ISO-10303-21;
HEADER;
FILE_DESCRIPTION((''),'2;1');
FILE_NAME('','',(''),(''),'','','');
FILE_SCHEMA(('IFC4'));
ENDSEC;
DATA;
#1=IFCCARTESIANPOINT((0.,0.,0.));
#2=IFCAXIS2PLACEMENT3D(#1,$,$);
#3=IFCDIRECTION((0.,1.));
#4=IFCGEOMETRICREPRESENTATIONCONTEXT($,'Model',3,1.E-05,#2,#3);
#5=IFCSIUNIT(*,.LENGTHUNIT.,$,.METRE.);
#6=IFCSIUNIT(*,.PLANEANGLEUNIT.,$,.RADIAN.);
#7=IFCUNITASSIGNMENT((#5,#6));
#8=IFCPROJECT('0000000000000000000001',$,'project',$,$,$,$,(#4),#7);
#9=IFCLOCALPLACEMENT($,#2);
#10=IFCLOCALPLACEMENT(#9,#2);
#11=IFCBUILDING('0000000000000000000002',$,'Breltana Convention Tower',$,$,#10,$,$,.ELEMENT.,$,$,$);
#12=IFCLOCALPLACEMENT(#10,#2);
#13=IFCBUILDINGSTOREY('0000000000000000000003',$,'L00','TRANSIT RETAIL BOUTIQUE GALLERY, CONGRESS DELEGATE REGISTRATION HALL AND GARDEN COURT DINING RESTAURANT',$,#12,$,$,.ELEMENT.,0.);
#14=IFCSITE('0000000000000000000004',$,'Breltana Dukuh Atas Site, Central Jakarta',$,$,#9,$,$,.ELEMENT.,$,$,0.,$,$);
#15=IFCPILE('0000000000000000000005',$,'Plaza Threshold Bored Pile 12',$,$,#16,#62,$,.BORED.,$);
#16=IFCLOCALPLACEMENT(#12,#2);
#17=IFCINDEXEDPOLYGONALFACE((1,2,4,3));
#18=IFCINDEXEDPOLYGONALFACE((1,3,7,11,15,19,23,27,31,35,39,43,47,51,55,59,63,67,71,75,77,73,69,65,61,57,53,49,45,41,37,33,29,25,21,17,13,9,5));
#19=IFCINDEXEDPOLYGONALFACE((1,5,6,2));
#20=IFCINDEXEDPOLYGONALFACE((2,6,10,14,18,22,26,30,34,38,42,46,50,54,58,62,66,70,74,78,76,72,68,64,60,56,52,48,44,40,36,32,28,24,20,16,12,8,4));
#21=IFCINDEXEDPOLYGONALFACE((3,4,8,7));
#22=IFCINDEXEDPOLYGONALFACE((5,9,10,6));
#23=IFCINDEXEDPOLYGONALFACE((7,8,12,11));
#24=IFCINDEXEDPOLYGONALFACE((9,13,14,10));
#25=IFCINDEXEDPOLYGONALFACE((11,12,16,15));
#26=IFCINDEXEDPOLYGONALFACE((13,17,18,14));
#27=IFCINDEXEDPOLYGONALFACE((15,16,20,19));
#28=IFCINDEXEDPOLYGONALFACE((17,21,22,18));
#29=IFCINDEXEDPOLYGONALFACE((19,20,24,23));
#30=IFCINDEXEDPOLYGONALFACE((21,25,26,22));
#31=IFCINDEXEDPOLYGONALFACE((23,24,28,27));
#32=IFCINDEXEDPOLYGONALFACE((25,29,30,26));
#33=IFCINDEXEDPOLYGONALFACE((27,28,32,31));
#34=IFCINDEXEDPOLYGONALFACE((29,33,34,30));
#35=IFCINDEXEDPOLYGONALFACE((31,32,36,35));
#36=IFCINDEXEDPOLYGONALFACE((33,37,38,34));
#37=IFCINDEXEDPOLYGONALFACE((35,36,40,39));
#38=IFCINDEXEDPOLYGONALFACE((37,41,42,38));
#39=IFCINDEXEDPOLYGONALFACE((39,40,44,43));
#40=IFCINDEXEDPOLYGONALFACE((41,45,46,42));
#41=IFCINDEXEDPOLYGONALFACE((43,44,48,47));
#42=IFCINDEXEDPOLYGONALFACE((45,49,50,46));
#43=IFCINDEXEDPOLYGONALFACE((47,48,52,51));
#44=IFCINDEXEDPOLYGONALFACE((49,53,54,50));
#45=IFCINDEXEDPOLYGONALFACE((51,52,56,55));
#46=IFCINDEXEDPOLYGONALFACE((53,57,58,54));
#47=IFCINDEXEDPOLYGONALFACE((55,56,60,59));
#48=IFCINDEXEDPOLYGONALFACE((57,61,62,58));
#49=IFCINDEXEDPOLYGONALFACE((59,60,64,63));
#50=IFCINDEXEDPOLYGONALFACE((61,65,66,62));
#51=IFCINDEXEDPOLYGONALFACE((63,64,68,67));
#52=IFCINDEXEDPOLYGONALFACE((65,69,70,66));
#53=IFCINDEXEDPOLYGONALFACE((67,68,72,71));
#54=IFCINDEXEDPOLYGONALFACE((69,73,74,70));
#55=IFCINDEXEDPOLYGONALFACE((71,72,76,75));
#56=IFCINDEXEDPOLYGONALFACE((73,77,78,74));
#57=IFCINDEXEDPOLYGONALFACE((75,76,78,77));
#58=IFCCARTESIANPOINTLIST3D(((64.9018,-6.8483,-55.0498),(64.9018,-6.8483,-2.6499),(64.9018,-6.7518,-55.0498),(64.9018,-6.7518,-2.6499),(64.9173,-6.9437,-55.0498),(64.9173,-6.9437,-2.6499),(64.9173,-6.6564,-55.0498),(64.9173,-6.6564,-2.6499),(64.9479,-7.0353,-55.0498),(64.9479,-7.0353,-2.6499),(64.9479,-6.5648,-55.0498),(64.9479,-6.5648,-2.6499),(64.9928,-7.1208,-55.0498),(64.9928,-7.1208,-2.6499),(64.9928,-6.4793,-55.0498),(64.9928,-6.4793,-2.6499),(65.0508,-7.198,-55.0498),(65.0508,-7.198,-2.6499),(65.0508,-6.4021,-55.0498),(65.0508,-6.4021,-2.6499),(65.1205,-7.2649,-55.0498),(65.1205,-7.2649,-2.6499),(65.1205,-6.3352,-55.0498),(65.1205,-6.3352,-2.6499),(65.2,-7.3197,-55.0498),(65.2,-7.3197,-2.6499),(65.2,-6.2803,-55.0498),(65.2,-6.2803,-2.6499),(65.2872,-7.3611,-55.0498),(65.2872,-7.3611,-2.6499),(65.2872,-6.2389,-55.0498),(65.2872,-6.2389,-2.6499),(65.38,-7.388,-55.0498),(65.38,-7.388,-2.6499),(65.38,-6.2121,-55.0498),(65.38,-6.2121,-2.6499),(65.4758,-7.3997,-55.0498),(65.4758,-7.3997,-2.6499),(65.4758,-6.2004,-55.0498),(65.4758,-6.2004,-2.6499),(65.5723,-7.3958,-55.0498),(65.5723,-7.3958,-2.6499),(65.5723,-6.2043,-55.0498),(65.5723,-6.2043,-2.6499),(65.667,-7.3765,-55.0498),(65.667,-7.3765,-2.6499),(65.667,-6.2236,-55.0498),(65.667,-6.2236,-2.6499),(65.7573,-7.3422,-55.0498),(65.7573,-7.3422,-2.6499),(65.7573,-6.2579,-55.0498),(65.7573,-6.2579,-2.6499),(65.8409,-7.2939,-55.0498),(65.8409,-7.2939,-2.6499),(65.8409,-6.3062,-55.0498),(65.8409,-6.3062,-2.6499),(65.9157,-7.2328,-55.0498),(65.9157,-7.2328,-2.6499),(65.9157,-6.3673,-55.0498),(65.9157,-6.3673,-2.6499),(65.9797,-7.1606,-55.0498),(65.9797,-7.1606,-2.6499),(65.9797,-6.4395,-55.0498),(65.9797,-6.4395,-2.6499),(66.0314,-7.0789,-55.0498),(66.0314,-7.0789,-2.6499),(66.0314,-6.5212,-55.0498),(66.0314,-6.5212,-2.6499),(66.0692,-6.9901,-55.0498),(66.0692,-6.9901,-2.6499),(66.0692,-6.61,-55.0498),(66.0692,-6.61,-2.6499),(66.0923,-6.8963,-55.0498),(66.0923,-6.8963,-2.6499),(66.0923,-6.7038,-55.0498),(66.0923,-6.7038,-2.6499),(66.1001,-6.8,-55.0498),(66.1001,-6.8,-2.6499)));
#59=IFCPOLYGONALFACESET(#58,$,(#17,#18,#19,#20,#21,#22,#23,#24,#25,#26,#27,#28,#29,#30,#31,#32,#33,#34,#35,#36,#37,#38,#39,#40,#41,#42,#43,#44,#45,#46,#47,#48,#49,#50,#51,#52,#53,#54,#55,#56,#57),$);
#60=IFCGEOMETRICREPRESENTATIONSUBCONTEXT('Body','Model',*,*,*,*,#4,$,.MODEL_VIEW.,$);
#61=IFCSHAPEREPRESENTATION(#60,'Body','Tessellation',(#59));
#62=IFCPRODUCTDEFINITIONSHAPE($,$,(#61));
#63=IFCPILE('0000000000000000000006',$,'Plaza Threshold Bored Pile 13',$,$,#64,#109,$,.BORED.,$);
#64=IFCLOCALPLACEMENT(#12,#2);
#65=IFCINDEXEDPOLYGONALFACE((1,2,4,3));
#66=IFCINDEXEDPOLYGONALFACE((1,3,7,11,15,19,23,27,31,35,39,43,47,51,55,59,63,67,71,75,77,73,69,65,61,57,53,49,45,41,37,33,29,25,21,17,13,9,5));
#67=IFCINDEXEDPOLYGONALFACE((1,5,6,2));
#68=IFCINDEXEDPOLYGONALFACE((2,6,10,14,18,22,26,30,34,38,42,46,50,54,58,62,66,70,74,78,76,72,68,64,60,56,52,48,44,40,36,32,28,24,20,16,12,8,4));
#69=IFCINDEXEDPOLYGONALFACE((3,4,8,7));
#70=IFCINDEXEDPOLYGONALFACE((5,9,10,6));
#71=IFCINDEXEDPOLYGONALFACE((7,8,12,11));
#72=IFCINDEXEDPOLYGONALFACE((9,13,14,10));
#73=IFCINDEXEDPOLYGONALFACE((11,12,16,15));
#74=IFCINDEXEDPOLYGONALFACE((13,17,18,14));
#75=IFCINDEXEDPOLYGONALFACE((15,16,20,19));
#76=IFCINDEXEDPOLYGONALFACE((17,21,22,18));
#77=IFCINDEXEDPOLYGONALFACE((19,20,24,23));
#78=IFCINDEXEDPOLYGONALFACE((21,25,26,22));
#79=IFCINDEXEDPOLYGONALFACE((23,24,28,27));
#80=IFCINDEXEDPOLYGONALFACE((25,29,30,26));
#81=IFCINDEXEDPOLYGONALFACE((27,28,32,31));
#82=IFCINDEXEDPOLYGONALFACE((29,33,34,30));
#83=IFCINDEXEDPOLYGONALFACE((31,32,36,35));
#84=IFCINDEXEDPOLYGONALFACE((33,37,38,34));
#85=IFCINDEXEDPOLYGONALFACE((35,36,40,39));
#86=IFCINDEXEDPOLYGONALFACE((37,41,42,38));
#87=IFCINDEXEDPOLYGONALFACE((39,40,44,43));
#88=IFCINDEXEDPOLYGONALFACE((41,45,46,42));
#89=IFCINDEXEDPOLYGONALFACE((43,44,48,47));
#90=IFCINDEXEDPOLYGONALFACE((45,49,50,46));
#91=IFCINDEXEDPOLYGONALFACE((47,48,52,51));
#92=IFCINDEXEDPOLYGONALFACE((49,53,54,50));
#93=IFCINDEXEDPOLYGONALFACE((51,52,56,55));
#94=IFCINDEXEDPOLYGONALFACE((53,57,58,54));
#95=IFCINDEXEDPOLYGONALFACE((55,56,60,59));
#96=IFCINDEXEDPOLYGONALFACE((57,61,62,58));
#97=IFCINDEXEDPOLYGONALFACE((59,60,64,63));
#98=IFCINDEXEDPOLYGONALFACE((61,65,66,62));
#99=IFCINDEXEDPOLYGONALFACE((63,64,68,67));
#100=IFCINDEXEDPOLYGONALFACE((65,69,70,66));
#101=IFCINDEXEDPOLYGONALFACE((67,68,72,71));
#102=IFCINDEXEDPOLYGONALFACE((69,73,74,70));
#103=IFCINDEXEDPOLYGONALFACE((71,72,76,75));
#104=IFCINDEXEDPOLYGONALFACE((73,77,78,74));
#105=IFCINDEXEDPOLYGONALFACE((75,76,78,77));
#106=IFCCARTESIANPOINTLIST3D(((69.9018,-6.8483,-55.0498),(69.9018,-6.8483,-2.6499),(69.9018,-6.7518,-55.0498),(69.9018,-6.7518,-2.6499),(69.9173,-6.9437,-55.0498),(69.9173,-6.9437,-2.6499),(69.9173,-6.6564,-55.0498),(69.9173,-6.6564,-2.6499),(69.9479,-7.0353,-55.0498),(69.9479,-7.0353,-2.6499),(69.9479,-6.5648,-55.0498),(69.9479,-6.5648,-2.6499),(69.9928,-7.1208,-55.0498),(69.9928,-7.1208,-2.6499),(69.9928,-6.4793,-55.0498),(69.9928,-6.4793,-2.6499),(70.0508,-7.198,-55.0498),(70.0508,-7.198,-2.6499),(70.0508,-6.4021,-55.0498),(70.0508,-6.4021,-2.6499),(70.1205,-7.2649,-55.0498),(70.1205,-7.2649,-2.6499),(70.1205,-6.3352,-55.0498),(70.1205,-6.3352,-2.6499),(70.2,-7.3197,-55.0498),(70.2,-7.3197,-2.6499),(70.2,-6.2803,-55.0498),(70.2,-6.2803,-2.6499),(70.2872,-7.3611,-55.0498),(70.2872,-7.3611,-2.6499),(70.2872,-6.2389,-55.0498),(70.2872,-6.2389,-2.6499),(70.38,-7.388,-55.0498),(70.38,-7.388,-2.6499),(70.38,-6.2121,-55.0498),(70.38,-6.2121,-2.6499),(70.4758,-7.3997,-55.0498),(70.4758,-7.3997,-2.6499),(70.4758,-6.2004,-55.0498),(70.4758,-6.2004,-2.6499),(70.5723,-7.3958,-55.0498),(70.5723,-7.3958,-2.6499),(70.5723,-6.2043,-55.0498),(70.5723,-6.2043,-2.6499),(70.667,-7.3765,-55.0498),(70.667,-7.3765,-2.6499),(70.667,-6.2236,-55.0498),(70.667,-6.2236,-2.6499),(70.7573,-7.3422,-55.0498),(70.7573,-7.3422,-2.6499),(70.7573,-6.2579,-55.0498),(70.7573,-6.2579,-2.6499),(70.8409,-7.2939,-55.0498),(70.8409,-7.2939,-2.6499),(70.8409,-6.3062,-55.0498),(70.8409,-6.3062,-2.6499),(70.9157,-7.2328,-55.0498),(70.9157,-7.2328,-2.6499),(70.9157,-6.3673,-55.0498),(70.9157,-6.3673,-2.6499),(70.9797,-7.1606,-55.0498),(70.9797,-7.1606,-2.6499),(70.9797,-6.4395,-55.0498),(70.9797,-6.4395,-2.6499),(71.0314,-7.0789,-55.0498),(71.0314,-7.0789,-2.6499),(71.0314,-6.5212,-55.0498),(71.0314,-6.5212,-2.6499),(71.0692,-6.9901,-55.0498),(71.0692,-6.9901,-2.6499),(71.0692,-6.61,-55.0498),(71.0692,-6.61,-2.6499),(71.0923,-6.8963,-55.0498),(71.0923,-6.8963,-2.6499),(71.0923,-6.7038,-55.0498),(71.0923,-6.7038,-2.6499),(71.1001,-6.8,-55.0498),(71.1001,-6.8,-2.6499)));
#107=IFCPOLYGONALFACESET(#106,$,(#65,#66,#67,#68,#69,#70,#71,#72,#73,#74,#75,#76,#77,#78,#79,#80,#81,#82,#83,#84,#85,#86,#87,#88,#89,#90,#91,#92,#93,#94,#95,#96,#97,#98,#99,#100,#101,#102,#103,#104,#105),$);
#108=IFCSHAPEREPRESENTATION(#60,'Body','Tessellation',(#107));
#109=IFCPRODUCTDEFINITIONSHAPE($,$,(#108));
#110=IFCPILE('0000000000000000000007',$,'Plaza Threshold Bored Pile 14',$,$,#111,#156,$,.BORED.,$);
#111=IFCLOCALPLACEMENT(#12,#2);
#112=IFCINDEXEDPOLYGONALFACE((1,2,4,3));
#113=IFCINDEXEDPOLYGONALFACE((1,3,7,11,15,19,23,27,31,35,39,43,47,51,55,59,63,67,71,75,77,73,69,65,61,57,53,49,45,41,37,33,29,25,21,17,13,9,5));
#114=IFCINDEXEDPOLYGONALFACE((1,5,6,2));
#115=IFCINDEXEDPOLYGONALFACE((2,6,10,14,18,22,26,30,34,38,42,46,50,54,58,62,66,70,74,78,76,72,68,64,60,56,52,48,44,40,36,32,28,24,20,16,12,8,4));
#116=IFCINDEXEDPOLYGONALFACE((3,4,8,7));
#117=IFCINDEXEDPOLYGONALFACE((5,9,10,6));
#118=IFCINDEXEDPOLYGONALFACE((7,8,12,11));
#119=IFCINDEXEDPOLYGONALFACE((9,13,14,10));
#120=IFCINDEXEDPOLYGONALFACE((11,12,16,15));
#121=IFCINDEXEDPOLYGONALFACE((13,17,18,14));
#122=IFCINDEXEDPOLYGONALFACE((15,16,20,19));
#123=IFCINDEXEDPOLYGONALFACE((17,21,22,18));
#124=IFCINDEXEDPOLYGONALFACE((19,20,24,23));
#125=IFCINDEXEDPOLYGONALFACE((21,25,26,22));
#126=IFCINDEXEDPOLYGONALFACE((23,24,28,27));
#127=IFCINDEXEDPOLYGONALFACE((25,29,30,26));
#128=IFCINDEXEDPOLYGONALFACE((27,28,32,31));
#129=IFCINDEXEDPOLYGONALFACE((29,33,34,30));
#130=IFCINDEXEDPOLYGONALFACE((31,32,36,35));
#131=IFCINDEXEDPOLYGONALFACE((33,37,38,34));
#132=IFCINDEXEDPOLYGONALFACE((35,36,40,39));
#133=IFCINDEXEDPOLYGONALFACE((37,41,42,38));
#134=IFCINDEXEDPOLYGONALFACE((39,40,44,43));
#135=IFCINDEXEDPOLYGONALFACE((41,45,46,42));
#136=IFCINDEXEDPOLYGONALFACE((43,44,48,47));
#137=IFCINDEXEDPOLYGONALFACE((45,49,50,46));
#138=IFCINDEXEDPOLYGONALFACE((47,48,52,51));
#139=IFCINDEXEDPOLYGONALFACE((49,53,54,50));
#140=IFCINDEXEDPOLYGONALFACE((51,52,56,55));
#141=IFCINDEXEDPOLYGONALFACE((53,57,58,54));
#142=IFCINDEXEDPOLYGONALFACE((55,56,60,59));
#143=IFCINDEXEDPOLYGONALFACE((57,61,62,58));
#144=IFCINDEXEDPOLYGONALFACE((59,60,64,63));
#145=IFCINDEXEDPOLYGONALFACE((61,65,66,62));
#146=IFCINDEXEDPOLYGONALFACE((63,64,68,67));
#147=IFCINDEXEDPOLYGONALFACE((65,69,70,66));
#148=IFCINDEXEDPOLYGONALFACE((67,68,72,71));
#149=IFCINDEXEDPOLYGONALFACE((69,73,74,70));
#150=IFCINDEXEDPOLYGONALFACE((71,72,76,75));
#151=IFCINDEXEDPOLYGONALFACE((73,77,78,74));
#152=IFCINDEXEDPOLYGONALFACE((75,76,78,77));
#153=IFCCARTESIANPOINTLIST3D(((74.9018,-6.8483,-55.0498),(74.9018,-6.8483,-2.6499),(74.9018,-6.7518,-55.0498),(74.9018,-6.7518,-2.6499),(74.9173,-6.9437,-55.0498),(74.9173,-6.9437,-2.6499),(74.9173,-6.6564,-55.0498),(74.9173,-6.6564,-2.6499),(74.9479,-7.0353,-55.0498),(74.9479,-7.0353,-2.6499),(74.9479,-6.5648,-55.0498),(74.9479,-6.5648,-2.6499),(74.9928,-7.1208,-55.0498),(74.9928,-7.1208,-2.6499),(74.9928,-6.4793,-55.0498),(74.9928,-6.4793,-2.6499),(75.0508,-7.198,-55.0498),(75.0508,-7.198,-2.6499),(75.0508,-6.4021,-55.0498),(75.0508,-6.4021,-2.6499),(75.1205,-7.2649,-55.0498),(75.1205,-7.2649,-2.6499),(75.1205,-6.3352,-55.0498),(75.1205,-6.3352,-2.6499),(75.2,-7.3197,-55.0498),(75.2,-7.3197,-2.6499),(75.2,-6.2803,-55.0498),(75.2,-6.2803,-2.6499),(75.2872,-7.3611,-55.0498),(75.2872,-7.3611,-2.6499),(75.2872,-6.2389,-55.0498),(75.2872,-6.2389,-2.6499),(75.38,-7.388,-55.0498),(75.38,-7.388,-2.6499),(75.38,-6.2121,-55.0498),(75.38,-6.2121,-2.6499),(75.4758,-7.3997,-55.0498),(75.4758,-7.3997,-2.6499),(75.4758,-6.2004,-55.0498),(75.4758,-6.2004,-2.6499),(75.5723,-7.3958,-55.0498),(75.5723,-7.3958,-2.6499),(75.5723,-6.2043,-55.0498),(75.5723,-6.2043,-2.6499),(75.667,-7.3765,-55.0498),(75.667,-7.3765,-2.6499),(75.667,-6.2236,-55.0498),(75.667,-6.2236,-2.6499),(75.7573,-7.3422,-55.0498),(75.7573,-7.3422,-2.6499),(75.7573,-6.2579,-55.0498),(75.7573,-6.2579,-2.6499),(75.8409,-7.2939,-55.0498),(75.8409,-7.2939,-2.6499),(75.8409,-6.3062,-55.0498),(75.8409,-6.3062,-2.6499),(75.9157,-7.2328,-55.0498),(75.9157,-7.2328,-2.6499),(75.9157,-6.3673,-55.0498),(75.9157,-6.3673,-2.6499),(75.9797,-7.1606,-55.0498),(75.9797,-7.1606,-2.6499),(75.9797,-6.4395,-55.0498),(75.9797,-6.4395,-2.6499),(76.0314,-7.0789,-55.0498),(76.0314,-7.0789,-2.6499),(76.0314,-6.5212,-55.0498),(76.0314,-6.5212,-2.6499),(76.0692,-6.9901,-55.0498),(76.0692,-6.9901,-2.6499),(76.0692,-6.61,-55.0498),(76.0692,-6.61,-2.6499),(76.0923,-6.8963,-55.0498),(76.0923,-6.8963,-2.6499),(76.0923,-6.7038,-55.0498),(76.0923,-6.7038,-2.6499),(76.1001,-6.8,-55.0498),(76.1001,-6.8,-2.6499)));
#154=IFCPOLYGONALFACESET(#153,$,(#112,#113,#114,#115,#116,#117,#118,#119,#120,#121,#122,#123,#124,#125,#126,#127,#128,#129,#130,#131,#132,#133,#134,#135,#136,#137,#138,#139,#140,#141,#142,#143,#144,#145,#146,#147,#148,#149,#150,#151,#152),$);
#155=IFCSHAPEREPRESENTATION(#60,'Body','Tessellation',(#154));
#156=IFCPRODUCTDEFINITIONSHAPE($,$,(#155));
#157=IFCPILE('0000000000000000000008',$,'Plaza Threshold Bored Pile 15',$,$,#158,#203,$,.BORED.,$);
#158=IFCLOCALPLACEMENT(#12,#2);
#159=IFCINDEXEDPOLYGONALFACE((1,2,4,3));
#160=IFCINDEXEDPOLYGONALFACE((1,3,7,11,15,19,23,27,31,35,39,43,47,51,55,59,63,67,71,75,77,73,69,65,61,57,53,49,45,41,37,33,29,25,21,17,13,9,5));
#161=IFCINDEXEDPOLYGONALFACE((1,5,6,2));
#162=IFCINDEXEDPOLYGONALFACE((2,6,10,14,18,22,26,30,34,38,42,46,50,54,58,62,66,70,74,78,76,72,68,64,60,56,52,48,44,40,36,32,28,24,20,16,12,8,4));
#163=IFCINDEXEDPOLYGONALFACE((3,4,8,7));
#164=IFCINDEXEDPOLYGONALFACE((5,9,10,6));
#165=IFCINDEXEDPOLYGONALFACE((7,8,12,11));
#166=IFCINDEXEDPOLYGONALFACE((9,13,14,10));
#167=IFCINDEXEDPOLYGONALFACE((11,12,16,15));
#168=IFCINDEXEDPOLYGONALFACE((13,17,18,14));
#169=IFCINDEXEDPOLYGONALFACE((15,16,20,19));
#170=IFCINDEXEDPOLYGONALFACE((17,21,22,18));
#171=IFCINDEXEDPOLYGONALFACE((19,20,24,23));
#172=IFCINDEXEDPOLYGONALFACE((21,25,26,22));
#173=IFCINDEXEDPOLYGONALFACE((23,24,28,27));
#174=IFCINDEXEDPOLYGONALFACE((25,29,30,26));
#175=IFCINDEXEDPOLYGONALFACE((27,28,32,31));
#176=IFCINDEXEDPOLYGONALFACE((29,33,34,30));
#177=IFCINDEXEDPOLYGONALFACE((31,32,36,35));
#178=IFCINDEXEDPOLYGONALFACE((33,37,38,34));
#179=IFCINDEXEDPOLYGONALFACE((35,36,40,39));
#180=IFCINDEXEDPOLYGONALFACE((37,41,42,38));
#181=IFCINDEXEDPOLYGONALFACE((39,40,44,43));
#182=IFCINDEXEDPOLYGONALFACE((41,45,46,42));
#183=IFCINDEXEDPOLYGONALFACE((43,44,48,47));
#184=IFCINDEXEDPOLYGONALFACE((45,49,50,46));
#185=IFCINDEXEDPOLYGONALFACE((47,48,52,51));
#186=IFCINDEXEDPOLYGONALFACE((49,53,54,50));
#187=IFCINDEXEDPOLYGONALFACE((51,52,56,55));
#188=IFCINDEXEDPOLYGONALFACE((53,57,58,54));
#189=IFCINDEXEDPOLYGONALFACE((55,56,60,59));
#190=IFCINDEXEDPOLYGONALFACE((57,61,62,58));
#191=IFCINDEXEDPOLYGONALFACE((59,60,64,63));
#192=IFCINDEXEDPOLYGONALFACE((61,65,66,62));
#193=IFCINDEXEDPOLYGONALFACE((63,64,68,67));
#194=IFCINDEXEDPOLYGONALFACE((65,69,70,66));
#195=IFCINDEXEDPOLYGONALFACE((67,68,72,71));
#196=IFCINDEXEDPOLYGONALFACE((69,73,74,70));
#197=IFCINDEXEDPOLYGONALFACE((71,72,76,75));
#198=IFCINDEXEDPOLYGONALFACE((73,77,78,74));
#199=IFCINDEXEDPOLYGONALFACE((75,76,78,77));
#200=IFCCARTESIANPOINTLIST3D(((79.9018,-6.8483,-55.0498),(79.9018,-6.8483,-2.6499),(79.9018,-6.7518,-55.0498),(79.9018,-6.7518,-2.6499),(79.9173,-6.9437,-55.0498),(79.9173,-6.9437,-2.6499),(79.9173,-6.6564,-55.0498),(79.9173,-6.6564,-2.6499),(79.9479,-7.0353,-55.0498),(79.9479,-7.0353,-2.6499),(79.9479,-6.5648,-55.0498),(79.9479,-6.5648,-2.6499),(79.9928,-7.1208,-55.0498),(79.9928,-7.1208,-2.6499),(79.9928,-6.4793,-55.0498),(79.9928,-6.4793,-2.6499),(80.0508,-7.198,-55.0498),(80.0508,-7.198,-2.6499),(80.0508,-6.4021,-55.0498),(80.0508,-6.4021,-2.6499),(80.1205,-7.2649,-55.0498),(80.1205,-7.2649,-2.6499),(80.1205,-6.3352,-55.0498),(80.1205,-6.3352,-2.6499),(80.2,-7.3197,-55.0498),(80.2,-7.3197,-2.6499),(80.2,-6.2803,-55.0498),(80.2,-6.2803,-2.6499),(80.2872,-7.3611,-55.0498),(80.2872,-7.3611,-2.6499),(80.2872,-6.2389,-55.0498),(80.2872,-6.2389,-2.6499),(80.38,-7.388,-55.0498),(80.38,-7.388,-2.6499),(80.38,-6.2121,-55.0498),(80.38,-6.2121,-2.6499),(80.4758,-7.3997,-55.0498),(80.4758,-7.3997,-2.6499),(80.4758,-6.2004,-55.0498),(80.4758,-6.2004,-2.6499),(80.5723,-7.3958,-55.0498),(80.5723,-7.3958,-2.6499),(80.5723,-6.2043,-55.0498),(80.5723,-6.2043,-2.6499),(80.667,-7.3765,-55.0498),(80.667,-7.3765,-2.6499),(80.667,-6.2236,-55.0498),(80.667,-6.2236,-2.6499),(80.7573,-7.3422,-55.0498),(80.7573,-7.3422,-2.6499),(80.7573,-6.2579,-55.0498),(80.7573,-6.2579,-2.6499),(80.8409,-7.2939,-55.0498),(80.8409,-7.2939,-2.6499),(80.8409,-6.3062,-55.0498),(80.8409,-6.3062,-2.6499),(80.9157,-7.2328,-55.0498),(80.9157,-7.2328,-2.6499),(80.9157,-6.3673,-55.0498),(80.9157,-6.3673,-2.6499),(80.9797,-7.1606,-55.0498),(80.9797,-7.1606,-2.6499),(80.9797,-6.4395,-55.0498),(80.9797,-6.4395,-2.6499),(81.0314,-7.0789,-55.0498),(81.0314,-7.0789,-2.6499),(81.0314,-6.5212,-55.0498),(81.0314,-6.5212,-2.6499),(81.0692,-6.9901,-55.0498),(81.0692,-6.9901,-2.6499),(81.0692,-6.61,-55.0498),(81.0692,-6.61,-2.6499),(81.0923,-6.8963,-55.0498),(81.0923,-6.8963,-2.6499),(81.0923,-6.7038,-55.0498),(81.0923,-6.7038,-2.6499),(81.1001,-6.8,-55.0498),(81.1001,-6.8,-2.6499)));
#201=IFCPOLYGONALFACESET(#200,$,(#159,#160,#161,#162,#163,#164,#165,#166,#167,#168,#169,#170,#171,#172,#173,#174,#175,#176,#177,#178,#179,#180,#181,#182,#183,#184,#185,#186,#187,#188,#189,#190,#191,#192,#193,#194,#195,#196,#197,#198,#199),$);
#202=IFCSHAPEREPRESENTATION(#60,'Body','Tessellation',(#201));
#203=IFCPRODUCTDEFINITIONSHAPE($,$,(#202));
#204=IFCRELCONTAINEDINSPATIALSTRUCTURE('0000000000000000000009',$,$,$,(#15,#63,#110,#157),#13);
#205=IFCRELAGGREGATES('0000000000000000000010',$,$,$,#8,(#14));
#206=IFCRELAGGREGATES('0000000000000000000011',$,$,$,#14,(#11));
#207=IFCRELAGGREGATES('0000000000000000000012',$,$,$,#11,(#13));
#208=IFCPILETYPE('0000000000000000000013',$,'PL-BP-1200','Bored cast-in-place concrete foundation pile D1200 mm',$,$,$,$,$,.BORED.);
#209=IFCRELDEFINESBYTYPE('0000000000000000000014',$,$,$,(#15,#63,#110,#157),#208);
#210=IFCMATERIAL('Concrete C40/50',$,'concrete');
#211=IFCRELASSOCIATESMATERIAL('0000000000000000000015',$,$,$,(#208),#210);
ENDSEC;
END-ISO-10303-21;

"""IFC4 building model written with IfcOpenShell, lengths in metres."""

from ifc_helpers import new_model, si_unit, direction, frame, origin, origin_2d, place, context, subcontext, project, spatial, circle, extrude, source, transform, mapped, material, material_profile, profile_set, type_object, element, save


model = new_model("IFC4")

# Units and contexts
model_context = context("Model", 3, precision=1e-05, world=origin(), true_north=direction((0.0, 1.0)))
body_context = subcontext(model_context, "Body", "Model", "MODEL_VIEW")
ifc_project = project(units=[si_unit("LENGTHUNIT", "METRE"), si_unit("PLANEANGLEUNIT", "RADIAN")], contexts=[model_context])

# Site, building, storey
site_placement = place(None, origin())
site = spatial("IfcSite", under=ifc_project, at=site_placement, Name="Breltana Dukuh Atas Site, Central Jakarta", CompositionType="ELEMENT", RefElevation=0.0)
building_placement = place(site_placement, origin())
building = spatial("IfcBuilding", under=site, at=building_placement, Name="Breltana Convention Tower", CompositionType="ELEMENT")
storey_placement = place(building_placement, origin())
storey = spatial("IfcBuildingStorey", under=building, at=storey_placement, Name="L00", Description="TRANSIT RETAIL BOUTIQUE GALLERY, CONGRESS DELEGATE REGISTRATION HALL AND GARDEN COURT DINING RESTAURANT", CompositionType="ELEMENT", Elevation=0.0)

# Piles
ifc_material_1 = material(Name="Concrete C40/50", Category="concrete")
ifc_material_profile_1 = material_profile(ifc_material_1, circle(Radius=0.6001, at=origin_2d()), Name="BP-D1200")
ifc_profile_set_1 = profile_set([ifc_material_profile_1], Name="Concrete C40/50")
pile_type = type_object("IfcPileType", Name="PL-BP-1200", Description="Bored cast-in-place concrete foundation pile D1200 mm", PredefinedType="BORED", material=ifc_profile_set_1)
shared_shape_1 = source(origin(), body_context, "Body", "SweptSolid", [
    extrude(circle(Radius=0.6001, at=origin_2d()), origin(), (0.0, 0.0, 1.0), 52.3999),
])
for number, where, z_axis, x_axis, name in (
    (1, (65.5, -6.8, -2.6499), (0.0, 0.0, -1.0), (1.0, 0.0, 0.0), "Plaza Threshold Bored Pile 12"),
    (2, (70.5, -6.8, -2.6499), (0.0, 0.0, -1.0), (1.0, 0.0, 0.0), "Plaza Threshold Bored Pile 13"),
    (3, (75.5, -6.8, -2.6499), (0.0, 0.0, -1.0), (1.0, 0.0, 0.0), "Plaza Threshold Bored Pile 14"),
    (4, (80.5, -6.8, -2.6499), (0.0, 0.0, -1.0), (1.0, 0.0, 0.0), "Plaza Threshold Bored Pile 15"),
):
    element("IfcPile", number, at=place(storey_placement, frame(where, z_axis=z_axis, x_axis=x_axis)), inside=storey, type_object=pile_type, Name=name, PredefinedType="BORED", context=body_context, shape_type="MappedRepresentation", body=[
        mapped(shared_shape_1, transform((0.0, 0.0, 0.0), scale=1.0)),
    ])

save(model, "model.ifc")
